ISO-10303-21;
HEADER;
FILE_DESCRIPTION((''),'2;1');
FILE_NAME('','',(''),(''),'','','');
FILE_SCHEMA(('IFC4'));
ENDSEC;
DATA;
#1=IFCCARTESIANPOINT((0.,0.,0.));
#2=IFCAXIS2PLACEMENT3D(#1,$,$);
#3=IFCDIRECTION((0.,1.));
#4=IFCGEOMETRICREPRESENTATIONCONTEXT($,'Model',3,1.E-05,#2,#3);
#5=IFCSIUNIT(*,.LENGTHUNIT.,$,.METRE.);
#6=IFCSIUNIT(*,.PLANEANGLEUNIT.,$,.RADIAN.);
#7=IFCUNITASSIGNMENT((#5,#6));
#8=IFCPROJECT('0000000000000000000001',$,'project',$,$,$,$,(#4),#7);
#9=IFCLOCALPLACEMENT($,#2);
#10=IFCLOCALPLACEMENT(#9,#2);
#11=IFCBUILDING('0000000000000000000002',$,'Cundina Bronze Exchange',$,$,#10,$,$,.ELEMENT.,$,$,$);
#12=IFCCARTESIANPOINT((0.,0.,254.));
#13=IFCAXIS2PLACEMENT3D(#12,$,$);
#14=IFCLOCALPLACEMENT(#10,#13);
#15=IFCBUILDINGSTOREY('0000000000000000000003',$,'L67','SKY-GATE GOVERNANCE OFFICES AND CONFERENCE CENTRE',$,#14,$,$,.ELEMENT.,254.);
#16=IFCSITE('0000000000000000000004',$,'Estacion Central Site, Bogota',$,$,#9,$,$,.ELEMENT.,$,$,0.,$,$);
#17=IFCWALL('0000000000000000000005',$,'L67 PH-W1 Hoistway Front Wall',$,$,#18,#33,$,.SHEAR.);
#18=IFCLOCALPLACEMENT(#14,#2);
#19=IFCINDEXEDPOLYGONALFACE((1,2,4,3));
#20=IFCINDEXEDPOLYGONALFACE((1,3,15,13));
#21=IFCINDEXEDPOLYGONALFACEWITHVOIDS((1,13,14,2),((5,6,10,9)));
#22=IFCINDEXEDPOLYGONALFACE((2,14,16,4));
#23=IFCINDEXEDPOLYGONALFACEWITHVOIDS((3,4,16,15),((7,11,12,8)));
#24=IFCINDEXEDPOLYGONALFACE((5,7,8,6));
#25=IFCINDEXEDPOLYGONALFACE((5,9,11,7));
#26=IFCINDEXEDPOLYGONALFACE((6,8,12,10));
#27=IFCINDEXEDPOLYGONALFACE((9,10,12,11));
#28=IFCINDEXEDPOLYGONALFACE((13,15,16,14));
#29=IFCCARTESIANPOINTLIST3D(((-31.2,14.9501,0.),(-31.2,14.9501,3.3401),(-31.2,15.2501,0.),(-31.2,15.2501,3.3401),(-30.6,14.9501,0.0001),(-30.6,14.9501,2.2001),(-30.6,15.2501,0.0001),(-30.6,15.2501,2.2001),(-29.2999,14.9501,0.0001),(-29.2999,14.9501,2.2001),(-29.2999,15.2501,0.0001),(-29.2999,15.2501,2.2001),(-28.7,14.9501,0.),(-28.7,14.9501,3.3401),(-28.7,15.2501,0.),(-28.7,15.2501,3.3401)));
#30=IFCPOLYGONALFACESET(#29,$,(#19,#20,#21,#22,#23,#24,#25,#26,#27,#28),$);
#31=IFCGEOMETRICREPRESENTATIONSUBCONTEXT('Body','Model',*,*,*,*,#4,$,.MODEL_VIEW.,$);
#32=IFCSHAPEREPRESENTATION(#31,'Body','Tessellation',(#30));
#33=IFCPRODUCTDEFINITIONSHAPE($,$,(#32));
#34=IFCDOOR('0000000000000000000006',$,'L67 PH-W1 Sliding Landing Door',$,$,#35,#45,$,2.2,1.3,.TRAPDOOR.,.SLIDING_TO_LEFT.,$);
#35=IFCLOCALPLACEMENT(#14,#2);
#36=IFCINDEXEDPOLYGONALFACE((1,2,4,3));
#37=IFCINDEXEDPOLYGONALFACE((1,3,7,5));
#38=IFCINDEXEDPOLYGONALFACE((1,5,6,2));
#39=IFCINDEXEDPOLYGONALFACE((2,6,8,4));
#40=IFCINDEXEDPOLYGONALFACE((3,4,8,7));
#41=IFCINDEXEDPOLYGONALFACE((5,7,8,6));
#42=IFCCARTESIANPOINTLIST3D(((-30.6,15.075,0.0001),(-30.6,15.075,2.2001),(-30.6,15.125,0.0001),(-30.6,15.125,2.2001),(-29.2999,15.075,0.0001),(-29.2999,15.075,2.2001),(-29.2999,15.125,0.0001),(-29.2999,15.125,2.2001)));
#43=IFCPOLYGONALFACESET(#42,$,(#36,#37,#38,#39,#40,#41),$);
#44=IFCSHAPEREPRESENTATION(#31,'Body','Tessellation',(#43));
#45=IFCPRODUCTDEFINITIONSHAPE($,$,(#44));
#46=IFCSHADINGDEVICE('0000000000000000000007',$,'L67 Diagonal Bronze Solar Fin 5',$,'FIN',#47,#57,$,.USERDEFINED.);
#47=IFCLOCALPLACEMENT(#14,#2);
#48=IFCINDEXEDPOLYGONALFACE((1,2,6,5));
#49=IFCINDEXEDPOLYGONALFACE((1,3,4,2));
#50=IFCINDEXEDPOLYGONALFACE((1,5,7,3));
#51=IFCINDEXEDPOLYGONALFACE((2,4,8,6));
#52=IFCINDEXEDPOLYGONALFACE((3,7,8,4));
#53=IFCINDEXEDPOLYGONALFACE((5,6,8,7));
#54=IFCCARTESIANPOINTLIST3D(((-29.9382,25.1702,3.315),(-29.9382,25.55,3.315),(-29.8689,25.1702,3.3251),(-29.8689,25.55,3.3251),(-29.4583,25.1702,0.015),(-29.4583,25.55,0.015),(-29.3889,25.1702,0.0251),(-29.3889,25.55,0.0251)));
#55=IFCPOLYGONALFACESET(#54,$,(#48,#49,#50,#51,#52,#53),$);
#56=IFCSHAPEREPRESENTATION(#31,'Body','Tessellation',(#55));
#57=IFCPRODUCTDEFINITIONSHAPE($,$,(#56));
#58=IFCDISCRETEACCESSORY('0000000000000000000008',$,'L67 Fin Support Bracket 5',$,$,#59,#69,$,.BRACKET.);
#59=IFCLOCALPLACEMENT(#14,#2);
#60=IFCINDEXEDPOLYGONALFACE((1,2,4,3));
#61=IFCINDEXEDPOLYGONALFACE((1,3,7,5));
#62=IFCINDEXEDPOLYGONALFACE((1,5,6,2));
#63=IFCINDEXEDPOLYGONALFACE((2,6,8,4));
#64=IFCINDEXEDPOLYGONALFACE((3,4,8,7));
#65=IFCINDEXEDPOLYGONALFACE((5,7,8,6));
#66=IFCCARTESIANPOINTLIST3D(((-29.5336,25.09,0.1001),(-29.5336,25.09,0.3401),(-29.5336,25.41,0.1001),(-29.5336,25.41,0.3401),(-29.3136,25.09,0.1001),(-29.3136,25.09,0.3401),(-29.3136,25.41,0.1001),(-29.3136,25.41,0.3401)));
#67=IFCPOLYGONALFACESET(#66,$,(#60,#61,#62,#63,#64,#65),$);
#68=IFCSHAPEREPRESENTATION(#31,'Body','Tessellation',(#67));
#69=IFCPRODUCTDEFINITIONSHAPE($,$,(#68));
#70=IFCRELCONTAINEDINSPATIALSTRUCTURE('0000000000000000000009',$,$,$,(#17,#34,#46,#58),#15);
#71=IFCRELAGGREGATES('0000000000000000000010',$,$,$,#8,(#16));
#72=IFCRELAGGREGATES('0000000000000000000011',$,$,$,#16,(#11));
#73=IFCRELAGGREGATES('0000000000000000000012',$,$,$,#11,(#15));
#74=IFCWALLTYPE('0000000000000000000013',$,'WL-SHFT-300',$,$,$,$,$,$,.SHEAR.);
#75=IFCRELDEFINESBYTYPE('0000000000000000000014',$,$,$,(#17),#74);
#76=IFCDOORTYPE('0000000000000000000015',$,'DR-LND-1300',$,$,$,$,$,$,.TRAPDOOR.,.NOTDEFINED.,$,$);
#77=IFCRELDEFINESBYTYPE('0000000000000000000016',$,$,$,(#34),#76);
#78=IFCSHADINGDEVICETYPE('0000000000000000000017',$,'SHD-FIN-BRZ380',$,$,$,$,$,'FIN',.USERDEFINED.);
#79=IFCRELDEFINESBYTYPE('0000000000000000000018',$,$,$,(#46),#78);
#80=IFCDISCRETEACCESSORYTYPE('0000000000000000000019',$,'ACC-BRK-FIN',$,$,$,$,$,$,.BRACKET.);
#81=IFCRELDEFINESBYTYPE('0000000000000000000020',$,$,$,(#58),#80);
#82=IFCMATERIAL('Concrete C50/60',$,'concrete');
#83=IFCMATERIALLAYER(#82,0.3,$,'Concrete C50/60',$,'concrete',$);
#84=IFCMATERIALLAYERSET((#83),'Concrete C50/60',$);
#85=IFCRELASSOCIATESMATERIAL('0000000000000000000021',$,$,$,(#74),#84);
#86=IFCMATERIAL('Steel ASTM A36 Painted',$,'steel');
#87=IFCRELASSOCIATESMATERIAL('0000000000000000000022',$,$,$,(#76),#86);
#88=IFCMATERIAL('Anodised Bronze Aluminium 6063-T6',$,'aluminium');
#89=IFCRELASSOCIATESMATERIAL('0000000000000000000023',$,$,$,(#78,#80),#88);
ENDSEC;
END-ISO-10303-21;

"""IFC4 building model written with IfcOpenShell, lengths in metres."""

from ifc_helpers import new_model, si_unit, direction, frame, frame_2d, origin, origin_2d, place, context, subcontext, project, spatial, rectangle, extrude, material, layer, layer_set, material_profile, profile_set, type_object, element, fill, save


model = new_model("IFC4")

# Units and contexts
model_context = context("Model", 3, precision=1e-05, world=origin(), true_north=direction((0.0, 1.0)))
body_context = subcontext(model_context, "Body", "Model", "MODEL_VIEW")
ifc_project = project(units=[si_unit("LENGTHUNIT", "METRE"), si_unit("PLANEANGLEUNIT", "RADIAN")], contexts=[model_context])

# Site, building, storey
site_placement = place(None, origin())
site = spatial("IfcSite", under=ifc_project, at=site_placement, Name="Estacion Central Site, Bogota", CompositionType="ELEMENT", RefElevation=0.0)
building_placement = place(site_placement, origin())
building = spatial("IfcBuilding", under=site, at=building_placement, Name="Cundina Bronze Exchange", CompositionType="ELEMENT")
storey_placement = place(building_placement, frame((0.0, 0.0, 254.0)))
storey = spatial("IfcBuildingStorey", under=building, at=storey_placement, Name="L67", Description="SKY-GATE GOVERNANCE OFFICES AND CONFERENCE CENTRE", CompositionType="ELEMENT", Elevation=254.0)

# Shared definitions
ifc_material_1 = material(Name="Concrete C50/60", Category="concrete")

# Shared definitions
ifc_material_2 = material(Name="Anodised Bronze Aluminium 6063-T6", Category="aluminium")

# Wall, opening, door
ifc_layer_1 = layer(ifc_material_1, 0.3, Name="Concrete C50/60", Category="concrete")
ifc_layer_set_1 = layer_set([ifc_layer_1], Name="Concrete C50/60")
wall_type_1 = type_object("IfcWallType", Name="WL-SHFT-300", PredefinedType="SHEAR", material=ifc_layer_set_1)
wall_1_placement = place(storey_placement, frame((-31.2, 15.1001, 0.0), z_axis=(0.0, 0.0, 1.0), x_axis=(1.0, 0.0, 0.0)))
wall_1 = element("IfcWall", 1, at=wall_1_placement, inside=storey, type_object=wall_type_1, Name="L67 PH-W1 Hoistway Front Wall", PredefinedType="SHEAR", context=body_context, shape_type="SweptSolid", body=[
    extrude(rectangle(XDim=2.5, YDim=0.3, at=frame_2d((1.25, 0.0))), origin(), (0.0, 0.0, 1.0), 3.3401),
])
opening_placement = place(wall_1_placement, frame((0.6001, 0.0, 0.0)))
opening = element("IfcOpeningElement", 2, at=opening_placement, cuts=wall_1, PredefinedType="OPENING", context=body_context, shape_type="SweptSolid", body=[
    extrude(rectangle(XDim=1.3, YDim=2.2, at=frame_2d((0.6499, 1.1001))), frame((0.0, 0.1599, 0.0), z_axis=(0.0, -1.0, 0.0), x_axis=(1.0, 0.0, 0.0)), (0.0, 0.0, 1.0), 0.3201),
])
ifc_material_3 = material(Name="Steel ASTM A36 Painted", Category="steel")
door_type = type_object("IfcDoorType", Name="DR-LND-1300", OperationType="NOTDEFINED", PredefinedType="TRAPDOOR", material=ifc_material_3)
door_placement = place(opening_placement, origin())
door = element("IfcDoor", 3, at=door_placement, inside=storey, type_object=door_type, Name="L67 PH-W1 Sliding Landing Door", OperationType="SLIDING_TO_LEFT", OverallHeight=2.2, OverallWidth=1.3, PredefinedType="TRAPDOOR", context=body_context, shape_type="SweptSolid", body=[
    extrude(rectangle(XDim=1.3, YDim=2.2, at=frame_2d((0.6499, 1.1001))), frame((0.0, 0.0249, 0.0), z_axis=(0.0, -1.0, 0.0), x_axis=(1.0, 0.0, 0.0)), (0.0, 0.0, 1.0), 0.05),
])
fill(opening, door)

# Shading device
ifc_material_profile_1 = material_profile(ifc_material_2, rectangle(XDim=0.0701, YDim=0.3799, at=origin_2d()), Name="FIN70X380", Category="aluminium")
ifc_profile_set_1 = profile_set([ifc_material_profile_1], Name="Anodised Bronze Aluminium 6063-T6")
shading_device_type = type_object("IfcShadingDeviceType", Name="SHD-FIN-BRZ380", ElementType="FIN", PredefinedType="USERDEFINED", material=ifc_profile_set_1)
shading_device_placement = place(storey_placement, frame((-29.4236, 25.3601, 0.02), z_axis=(-0.143932, 0.0, 0.989588), x_axis=(0.989588, 0.0, 0.143932)))
element("IfcShadingDevice", 4, at=shading_device_placement, inside=storey, type_object=shading_device_type, Name="L67 Diagonal Bronze Solar Fin 5", ObjectType="FIN", PredefinedType="USERDEFINED", context=body_context, shape_type="SweptSolid", body=[
    extrude(rectangle(XDim=0.0701, YDim=0.3799, at=origin_2d()), origin(), (0.0, 0.0, 1.0), 3.3347),
])

# Discrete accessory
discrete_accessory_type = type_object("IfcDiscreteAccessoryType", Name="ACC-BRK-FIN", PredefinedType="BRACKET", material=ifc_material_2)
discrete_accessory_placement = place(storey_placement, frame((-29.4236, 25.25, 0.1001), z_axis=(0.0, 0.0, 1.0), x_axis=(-1.0, 0.0, 0.0)))
element("IfcDiscreteAccessory", 5, at=discrete_accessory_placement, inside=storey, type_object=discrete_accessory_type, Name="L67 Fin Support Bracket 5", PredefinedType="BRACKET", context=body_context, shape_type="SweptSolid", body=[
    extrude(rectangle(XDim=0.22, YDim=0.3201, at=origin_2d()), origin(), (0.0, 0.0, 1.0), 0.24),
])

save(model, "model.ifc")
